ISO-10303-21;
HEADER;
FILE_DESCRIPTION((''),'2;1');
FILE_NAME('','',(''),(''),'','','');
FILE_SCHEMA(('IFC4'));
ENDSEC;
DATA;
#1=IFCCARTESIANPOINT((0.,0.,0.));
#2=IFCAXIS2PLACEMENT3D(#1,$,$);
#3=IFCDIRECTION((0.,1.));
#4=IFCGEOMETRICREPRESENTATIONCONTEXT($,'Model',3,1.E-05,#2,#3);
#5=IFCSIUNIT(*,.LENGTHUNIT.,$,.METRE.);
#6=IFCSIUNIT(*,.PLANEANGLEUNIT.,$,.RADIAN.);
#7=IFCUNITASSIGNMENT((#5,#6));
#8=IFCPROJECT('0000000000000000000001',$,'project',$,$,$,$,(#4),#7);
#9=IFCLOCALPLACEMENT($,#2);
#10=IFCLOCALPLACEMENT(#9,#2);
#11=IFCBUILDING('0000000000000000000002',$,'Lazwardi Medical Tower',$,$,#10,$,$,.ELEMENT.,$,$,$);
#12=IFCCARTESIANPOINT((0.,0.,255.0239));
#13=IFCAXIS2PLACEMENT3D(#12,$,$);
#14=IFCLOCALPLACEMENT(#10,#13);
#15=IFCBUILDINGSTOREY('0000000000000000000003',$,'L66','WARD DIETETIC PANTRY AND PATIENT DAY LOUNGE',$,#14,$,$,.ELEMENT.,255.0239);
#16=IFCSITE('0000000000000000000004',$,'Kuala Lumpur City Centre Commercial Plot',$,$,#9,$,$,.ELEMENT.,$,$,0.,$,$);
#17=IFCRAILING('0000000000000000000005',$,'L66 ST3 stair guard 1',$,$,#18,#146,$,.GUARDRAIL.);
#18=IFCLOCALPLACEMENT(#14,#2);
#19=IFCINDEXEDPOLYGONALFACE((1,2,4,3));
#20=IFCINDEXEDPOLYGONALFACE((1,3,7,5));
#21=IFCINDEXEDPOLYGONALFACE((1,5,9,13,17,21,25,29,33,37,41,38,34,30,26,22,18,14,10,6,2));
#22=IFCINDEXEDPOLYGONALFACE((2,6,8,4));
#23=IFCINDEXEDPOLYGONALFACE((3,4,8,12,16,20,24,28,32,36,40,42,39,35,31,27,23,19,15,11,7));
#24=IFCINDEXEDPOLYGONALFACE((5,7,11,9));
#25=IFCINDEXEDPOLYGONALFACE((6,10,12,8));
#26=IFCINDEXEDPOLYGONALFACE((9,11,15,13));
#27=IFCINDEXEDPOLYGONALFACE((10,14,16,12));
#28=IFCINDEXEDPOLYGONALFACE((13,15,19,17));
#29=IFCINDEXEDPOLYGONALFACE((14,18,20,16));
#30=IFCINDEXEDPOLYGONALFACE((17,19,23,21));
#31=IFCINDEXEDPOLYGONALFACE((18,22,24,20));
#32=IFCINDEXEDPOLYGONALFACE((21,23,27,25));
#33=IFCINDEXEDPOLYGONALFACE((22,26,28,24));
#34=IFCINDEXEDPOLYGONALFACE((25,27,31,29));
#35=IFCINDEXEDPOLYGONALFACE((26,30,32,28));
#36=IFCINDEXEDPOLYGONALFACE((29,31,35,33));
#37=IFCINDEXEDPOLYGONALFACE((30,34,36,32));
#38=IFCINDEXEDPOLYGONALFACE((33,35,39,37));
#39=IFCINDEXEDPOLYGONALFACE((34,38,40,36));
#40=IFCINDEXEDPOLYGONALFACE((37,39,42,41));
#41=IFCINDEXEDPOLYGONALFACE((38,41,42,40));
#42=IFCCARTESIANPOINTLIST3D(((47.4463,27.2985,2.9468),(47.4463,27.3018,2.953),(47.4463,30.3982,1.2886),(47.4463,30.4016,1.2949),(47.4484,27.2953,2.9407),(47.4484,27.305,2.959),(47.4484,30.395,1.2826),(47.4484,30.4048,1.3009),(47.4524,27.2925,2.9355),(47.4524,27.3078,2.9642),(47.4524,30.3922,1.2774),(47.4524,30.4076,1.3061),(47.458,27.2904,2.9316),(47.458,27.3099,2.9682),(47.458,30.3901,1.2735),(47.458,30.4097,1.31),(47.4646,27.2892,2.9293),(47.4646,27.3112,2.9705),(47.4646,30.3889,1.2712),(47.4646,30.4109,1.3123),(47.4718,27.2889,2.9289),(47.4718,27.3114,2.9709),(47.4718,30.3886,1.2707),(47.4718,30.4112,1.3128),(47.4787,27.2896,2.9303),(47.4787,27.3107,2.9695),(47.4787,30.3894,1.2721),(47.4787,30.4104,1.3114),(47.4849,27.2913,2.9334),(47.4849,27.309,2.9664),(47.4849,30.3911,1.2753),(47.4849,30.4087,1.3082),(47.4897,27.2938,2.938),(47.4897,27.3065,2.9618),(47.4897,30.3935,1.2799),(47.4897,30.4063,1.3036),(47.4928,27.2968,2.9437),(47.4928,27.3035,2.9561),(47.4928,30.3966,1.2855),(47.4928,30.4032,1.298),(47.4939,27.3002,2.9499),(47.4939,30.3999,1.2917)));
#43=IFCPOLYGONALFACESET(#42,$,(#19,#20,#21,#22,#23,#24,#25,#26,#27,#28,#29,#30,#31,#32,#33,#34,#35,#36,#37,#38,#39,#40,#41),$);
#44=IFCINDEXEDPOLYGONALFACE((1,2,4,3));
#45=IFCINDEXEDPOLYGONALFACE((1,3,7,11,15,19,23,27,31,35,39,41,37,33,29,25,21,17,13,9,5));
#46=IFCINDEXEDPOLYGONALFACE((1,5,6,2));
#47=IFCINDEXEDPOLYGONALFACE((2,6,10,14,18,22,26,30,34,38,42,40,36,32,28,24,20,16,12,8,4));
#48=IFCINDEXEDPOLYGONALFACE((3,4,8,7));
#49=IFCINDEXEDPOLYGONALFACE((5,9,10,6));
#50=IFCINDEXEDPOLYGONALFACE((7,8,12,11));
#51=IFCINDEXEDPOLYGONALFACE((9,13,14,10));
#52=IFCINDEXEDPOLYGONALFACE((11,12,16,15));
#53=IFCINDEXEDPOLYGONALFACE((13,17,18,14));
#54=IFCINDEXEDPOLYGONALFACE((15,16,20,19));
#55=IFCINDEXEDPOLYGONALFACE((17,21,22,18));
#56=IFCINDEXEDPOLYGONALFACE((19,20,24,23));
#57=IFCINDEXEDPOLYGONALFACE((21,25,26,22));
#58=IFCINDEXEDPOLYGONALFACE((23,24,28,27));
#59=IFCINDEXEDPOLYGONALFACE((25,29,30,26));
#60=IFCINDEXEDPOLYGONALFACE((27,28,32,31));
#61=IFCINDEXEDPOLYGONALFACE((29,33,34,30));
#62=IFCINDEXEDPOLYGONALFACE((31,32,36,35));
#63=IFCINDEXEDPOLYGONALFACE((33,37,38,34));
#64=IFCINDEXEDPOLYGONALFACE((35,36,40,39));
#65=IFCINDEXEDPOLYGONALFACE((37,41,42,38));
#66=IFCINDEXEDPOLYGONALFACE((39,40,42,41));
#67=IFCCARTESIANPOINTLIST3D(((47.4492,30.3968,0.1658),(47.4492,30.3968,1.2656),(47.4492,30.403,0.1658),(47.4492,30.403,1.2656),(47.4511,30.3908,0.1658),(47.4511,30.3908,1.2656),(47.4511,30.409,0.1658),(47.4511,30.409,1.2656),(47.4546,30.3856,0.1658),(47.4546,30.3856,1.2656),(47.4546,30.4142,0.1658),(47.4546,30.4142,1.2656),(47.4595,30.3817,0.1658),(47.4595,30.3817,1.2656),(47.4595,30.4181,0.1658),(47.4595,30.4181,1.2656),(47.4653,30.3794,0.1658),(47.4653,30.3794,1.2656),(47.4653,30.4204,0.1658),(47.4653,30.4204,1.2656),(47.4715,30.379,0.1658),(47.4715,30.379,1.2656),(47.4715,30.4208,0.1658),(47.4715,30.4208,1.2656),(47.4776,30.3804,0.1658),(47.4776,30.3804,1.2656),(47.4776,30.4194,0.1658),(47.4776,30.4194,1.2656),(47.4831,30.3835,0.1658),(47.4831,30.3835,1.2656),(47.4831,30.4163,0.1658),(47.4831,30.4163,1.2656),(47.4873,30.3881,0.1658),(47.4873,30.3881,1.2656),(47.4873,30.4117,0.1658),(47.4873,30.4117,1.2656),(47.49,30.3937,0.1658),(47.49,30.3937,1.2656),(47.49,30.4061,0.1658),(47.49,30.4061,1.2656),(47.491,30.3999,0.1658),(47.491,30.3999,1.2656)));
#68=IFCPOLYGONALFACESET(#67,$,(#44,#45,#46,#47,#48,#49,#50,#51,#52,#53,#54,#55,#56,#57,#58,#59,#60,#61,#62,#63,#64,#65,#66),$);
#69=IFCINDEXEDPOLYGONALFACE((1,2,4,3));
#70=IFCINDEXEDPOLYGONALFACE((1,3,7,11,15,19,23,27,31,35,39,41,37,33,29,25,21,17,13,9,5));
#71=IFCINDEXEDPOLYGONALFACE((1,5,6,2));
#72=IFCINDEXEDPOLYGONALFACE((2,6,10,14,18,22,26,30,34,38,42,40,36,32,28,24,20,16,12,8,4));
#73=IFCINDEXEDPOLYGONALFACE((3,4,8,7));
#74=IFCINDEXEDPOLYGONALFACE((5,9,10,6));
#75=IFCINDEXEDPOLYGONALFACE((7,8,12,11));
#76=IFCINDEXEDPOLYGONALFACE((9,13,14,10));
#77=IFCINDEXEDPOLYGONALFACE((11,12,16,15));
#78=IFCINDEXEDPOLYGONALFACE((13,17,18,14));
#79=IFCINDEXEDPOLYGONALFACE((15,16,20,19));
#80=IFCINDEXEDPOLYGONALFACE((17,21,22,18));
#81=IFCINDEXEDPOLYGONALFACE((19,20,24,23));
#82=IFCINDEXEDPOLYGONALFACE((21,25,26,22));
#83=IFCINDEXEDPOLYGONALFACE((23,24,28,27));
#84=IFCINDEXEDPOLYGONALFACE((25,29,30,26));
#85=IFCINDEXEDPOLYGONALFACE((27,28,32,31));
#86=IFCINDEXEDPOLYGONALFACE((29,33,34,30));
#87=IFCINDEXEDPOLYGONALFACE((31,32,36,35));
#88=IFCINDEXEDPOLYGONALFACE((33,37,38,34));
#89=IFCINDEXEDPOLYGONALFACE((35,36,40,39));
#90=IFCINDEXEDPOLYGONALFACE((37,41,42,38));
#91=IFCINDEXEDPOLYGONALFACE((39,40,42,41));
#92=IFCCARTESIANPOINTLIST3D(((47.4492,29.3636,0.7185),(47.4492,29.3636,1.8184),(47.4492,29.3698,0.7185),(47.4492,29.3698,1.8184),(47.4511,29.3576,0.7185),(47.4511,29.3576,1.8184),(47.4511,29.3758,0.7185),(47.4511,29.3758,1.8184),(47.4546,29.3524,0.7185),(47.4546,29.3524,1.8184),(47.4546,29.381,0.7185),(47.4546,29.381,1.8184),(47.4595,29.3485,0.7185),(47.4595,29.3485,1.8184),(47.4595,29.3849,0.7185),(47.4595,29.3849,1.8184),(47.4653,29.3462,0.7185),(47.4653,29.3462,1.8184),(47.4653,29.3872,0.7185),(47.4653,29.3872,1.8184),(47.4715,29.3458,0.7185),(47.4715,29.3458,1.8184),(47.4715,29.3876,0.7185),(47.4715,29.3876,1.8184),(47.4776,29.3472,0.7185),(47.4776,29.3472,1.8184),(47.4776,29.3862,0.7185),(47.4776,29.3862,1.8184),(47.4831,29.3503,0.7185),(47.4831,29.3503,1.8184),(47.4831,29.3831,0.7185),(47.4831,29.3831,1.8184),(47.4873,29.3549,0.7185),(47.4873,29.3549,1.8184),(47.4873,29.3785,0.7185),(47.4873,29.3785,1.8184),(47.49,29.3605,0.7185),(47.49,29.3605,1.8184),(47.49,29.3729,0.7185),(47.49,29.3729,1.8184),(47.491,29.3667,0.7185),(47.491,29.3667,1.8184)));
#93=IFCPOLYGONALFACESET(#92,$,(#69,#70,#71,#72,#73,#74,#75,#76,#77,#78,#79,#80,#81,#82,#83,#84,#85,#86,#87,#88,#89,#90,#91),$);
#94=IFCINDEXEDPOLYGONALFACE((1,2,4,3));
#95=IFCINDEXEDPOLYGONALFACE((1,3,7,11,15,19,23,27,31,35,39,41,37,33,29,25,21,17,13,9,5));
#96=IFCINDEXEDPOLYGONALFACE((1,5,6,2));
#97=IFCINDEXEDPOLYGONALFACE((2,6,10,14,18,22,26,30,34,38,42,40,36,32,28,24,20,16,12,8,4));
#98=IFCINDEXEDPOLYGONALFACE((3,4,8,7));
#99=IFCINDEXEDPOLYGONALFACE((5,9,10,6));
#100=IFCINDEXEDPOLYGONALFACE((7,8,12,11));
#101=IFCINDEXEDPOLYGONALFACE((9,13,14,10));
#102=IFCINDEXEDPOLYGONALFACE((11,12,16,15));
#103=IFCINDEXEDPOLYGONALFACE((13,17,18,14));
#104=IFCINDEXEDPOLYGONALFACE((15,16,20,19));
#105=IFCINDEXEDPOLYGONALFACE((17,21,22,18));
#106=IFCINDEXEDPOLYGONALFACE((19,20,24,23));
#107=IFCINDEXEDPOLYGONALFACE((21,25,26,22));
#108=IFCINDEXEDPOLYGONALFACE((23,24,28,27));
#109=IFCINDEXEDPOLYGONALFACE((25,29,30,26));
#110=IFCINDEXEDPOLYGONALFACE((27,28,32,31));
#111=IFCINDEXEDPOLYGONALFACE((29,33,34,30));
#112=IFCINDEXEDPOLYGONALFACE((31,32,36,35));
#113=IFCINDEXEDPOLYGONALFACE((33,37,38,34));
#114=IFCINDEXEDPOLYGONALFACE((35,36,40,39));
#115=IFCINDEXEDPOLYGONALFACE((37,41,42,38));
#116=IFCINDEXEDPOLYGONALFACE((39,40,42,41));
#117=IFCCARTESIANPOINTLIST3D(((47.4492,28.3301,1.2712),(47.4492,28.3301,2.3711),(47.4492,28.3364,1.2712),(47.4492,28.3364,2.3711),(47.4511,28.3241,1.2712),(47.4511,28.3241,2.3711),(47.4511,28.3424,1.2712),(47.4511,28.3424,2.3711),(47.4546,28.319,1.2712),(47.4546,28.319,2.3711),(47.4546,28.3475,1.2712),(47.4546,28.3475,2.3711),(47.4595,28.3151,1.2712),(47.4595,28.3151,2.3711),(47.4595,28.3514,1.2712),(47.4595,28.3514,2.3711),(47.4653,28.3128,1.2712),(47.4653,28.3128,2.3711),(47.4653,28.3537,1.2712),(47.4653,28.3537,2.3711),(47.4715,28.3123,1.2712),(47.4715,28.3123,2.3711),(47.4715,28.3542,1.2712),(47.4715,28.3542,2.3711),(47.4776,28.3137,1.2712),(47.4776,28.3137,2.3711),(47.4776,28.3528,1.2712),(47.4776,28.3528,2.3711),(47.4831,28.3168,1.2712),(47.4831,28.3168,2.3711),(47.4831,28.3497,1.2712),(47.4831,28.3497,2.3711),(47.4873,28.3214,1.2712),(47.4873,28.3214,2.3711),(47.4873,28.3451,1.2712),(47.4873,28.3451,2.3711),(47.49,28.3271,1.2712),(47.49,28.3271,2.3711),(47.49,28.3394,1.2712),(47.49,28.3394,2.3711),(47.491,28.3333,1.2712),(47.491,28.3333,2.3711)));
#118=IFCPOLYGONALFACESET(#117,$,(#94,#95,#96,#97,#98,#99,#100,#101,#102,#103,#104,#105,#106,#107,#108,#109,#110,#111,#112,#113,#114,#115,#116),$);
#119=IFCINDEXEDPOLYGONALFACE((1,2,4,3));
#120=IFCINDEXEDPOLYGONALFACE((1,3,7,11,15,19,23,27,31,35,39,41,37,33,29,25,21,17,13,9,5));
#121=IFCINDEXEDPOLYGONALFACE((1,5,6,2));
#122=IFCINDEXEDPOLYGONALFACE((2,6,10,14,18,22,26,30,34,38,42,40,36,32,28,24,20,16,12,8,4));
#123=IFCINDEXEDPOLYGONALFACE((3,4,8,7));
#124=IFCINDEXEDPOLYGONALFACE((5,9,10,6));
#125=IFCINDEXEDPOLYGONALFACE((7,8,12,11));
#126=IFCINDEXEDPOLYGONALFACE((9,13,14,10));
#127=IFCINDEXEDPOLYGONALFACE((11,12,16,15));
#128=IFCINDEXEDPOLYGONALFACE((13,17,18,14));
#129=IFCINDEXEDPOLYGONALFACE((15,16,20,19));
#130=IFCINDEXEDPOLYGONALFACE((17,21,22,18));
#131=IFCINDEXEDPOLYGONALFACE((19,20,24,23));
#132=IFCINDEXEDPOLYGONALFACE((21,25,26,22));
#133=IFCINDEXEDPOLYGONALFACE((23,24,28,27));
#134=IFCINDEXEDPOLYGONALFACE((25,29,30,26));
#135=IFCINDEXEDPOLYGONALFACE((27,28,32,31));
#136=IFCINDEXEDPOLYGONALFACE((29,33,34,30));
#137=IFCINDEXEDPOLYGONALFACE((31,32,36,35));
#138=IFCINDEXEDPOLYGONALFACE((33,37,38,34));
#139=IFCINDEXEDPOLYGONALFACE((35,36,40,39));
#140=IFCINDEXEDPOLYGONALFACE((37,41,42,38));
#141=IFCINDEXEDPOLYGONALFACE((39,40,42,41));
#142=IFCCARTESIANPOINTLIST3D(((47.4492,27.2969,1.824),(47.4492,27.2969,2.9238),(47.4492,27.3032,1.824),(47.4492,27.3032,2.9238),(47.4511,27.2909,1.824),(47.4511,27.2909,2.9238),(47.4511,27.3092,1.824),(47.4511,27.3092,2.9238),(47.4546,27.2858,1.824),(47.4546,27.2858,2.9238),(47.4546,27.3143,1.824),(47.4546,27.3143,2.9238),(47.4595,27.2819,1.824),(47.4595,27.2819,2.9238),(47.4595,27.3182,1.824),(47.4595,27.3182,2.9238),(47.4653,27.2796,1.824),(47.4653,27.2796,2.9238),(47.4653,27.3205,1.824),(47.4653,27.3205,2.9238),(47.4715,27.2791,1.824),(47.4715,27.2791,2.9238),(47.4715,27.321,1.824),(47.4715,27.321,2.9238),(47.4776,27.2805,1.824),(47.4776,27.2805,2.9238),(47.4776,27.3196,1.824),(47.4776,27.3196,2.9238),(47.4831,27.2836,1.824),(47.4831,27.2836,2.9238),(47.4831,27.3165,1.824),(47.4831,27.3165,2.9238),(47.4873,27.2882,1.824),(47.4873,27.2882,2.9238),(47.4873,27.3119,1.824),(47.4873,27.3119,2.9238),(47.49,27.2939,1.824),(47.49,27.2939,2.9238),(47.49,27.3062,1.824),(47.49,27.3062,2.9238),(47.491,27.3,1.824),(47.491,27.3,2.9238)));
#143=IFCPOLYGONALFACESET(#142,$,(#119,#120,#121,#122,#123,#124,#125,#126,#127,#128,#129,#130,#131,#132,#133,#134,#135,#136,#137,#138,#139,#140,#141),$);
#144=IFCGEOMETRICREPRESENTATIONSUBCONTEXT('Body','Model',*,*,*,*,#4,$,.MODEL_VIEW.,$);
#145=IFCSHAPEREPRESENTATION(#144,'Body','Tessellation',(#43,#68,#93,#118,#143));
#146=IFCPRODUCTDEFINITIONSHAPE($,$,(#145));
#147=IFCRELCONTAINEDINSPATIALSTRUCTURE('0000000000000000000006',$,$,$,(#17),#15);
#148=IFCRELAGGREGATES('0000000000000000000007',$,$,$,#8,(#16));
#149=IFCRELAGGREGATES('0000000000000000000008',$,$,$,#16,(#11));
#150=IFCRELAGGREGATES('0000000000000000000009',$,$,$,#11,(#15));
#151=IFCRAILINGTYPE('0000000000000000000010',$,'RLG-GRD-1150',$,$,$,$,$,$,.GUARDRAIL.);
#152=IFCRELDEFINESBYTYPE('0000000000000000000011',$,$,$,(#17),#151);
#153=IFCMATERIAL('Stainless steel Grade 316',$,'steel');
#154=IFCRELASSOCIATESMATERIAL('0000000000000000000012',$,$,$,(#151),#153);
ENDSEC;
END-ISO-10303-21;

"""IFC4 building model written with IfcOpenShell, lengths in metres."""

from ifc_helpers import new_model, si_unit, direction, frame, origin, origin_2d, place, context, subcontext, project, spatial, circle, extrude, material, type_object, element, save


model = new_model("IFC4")

# Units and contexts
model_context = context("Model", 3, precision=1e-05, world=origin(), true_north=direction((0.0, 1.0)))
body_context = subcontext(model_context, "Body", "Model", "MODEL_VIEW")
ifc_project = project(units=[si_unit("LENGTHUNIT", "METRE"), si_unit("PLANEANGLEUNIT", "RADIAN")], contexts=[model_context])

# Site, building, storey
site_placement = place(None, origin())
site = spatial("IfcSite", under=ifc_project, at=site_placement, Name="Kuala Lumpur City Centre Commercial Plot", CompositionType="ELEMENT", RefElevation=0.0)
building_placement = place(site_placement, origin())
building = spatial("IfcBuilding", under=site, at=building_placement, Name="Lazwardi Medical Tower", CompositionType="ELEMENT")
storey_placement = place(building_placement, frame((0.0, 0.0, 255.0239)))
storey = spatial("IfcBuildingStorey", under=building, at=storey_placement, Name="L66", Description="WARD DIETETIC PANTRY AND PATIENT DAY LOUNGE", CompositionType="ELEMENT", Elevation=255.0239)

# Railing
ifc_material_1 = material(Name="Stainless steel Grade 316", Category="steel")
railing_type_1 = type_object("IfcRailingType", Name="RLG-GRD-1150", PredefinedType="GUARDRAIL", material=ifc_material_1)
railing_1_placement = place(storey_placement, frame((47.47, 30.3999, 0.1658)))
element("IfcRailing", 1, at=railing_1_placement, inside=storey, type_object=railing_type_1, Name="L66 ST3 stair guard 1", PredefinedType="GUARDRAIL", context=body_context, shape_type="SweptSolid", body=[
    extrude(circle(Radius=0.0239, at=origin_2d()), frame((0.0, 0.0, 1.126), z_axis=(0.0, -0.881768, 0.471684), x_axis=(1.0, 0.0, 0.0)), (0.0, 0.0, 1.0), 3.5154),
    extrude(circle(Radius=0.021, at=origin_2d()), origin(), (0.0, 0.0, 1.0), 1.0999),
    extrude(circle(Radius=0.021, at=origin_2d()), frame((0.0, -1.0332, 0.5527)), (0.0, 0.0, 1.0), 1.0999),
    extrude(circle(Radius=0.021, at=origin_2d()), frame((0.0, -2.0667, 1.1055)), (0.0, 0.0, 1.0), 1.0999),
    extrude(circle(Radius=0.021, at=origin_2d()), frame((0.0, -3.0999, 1.6582)), (0.0, 0.0, 1.0), 1.0999),
])

save(model, "model.ifc")
